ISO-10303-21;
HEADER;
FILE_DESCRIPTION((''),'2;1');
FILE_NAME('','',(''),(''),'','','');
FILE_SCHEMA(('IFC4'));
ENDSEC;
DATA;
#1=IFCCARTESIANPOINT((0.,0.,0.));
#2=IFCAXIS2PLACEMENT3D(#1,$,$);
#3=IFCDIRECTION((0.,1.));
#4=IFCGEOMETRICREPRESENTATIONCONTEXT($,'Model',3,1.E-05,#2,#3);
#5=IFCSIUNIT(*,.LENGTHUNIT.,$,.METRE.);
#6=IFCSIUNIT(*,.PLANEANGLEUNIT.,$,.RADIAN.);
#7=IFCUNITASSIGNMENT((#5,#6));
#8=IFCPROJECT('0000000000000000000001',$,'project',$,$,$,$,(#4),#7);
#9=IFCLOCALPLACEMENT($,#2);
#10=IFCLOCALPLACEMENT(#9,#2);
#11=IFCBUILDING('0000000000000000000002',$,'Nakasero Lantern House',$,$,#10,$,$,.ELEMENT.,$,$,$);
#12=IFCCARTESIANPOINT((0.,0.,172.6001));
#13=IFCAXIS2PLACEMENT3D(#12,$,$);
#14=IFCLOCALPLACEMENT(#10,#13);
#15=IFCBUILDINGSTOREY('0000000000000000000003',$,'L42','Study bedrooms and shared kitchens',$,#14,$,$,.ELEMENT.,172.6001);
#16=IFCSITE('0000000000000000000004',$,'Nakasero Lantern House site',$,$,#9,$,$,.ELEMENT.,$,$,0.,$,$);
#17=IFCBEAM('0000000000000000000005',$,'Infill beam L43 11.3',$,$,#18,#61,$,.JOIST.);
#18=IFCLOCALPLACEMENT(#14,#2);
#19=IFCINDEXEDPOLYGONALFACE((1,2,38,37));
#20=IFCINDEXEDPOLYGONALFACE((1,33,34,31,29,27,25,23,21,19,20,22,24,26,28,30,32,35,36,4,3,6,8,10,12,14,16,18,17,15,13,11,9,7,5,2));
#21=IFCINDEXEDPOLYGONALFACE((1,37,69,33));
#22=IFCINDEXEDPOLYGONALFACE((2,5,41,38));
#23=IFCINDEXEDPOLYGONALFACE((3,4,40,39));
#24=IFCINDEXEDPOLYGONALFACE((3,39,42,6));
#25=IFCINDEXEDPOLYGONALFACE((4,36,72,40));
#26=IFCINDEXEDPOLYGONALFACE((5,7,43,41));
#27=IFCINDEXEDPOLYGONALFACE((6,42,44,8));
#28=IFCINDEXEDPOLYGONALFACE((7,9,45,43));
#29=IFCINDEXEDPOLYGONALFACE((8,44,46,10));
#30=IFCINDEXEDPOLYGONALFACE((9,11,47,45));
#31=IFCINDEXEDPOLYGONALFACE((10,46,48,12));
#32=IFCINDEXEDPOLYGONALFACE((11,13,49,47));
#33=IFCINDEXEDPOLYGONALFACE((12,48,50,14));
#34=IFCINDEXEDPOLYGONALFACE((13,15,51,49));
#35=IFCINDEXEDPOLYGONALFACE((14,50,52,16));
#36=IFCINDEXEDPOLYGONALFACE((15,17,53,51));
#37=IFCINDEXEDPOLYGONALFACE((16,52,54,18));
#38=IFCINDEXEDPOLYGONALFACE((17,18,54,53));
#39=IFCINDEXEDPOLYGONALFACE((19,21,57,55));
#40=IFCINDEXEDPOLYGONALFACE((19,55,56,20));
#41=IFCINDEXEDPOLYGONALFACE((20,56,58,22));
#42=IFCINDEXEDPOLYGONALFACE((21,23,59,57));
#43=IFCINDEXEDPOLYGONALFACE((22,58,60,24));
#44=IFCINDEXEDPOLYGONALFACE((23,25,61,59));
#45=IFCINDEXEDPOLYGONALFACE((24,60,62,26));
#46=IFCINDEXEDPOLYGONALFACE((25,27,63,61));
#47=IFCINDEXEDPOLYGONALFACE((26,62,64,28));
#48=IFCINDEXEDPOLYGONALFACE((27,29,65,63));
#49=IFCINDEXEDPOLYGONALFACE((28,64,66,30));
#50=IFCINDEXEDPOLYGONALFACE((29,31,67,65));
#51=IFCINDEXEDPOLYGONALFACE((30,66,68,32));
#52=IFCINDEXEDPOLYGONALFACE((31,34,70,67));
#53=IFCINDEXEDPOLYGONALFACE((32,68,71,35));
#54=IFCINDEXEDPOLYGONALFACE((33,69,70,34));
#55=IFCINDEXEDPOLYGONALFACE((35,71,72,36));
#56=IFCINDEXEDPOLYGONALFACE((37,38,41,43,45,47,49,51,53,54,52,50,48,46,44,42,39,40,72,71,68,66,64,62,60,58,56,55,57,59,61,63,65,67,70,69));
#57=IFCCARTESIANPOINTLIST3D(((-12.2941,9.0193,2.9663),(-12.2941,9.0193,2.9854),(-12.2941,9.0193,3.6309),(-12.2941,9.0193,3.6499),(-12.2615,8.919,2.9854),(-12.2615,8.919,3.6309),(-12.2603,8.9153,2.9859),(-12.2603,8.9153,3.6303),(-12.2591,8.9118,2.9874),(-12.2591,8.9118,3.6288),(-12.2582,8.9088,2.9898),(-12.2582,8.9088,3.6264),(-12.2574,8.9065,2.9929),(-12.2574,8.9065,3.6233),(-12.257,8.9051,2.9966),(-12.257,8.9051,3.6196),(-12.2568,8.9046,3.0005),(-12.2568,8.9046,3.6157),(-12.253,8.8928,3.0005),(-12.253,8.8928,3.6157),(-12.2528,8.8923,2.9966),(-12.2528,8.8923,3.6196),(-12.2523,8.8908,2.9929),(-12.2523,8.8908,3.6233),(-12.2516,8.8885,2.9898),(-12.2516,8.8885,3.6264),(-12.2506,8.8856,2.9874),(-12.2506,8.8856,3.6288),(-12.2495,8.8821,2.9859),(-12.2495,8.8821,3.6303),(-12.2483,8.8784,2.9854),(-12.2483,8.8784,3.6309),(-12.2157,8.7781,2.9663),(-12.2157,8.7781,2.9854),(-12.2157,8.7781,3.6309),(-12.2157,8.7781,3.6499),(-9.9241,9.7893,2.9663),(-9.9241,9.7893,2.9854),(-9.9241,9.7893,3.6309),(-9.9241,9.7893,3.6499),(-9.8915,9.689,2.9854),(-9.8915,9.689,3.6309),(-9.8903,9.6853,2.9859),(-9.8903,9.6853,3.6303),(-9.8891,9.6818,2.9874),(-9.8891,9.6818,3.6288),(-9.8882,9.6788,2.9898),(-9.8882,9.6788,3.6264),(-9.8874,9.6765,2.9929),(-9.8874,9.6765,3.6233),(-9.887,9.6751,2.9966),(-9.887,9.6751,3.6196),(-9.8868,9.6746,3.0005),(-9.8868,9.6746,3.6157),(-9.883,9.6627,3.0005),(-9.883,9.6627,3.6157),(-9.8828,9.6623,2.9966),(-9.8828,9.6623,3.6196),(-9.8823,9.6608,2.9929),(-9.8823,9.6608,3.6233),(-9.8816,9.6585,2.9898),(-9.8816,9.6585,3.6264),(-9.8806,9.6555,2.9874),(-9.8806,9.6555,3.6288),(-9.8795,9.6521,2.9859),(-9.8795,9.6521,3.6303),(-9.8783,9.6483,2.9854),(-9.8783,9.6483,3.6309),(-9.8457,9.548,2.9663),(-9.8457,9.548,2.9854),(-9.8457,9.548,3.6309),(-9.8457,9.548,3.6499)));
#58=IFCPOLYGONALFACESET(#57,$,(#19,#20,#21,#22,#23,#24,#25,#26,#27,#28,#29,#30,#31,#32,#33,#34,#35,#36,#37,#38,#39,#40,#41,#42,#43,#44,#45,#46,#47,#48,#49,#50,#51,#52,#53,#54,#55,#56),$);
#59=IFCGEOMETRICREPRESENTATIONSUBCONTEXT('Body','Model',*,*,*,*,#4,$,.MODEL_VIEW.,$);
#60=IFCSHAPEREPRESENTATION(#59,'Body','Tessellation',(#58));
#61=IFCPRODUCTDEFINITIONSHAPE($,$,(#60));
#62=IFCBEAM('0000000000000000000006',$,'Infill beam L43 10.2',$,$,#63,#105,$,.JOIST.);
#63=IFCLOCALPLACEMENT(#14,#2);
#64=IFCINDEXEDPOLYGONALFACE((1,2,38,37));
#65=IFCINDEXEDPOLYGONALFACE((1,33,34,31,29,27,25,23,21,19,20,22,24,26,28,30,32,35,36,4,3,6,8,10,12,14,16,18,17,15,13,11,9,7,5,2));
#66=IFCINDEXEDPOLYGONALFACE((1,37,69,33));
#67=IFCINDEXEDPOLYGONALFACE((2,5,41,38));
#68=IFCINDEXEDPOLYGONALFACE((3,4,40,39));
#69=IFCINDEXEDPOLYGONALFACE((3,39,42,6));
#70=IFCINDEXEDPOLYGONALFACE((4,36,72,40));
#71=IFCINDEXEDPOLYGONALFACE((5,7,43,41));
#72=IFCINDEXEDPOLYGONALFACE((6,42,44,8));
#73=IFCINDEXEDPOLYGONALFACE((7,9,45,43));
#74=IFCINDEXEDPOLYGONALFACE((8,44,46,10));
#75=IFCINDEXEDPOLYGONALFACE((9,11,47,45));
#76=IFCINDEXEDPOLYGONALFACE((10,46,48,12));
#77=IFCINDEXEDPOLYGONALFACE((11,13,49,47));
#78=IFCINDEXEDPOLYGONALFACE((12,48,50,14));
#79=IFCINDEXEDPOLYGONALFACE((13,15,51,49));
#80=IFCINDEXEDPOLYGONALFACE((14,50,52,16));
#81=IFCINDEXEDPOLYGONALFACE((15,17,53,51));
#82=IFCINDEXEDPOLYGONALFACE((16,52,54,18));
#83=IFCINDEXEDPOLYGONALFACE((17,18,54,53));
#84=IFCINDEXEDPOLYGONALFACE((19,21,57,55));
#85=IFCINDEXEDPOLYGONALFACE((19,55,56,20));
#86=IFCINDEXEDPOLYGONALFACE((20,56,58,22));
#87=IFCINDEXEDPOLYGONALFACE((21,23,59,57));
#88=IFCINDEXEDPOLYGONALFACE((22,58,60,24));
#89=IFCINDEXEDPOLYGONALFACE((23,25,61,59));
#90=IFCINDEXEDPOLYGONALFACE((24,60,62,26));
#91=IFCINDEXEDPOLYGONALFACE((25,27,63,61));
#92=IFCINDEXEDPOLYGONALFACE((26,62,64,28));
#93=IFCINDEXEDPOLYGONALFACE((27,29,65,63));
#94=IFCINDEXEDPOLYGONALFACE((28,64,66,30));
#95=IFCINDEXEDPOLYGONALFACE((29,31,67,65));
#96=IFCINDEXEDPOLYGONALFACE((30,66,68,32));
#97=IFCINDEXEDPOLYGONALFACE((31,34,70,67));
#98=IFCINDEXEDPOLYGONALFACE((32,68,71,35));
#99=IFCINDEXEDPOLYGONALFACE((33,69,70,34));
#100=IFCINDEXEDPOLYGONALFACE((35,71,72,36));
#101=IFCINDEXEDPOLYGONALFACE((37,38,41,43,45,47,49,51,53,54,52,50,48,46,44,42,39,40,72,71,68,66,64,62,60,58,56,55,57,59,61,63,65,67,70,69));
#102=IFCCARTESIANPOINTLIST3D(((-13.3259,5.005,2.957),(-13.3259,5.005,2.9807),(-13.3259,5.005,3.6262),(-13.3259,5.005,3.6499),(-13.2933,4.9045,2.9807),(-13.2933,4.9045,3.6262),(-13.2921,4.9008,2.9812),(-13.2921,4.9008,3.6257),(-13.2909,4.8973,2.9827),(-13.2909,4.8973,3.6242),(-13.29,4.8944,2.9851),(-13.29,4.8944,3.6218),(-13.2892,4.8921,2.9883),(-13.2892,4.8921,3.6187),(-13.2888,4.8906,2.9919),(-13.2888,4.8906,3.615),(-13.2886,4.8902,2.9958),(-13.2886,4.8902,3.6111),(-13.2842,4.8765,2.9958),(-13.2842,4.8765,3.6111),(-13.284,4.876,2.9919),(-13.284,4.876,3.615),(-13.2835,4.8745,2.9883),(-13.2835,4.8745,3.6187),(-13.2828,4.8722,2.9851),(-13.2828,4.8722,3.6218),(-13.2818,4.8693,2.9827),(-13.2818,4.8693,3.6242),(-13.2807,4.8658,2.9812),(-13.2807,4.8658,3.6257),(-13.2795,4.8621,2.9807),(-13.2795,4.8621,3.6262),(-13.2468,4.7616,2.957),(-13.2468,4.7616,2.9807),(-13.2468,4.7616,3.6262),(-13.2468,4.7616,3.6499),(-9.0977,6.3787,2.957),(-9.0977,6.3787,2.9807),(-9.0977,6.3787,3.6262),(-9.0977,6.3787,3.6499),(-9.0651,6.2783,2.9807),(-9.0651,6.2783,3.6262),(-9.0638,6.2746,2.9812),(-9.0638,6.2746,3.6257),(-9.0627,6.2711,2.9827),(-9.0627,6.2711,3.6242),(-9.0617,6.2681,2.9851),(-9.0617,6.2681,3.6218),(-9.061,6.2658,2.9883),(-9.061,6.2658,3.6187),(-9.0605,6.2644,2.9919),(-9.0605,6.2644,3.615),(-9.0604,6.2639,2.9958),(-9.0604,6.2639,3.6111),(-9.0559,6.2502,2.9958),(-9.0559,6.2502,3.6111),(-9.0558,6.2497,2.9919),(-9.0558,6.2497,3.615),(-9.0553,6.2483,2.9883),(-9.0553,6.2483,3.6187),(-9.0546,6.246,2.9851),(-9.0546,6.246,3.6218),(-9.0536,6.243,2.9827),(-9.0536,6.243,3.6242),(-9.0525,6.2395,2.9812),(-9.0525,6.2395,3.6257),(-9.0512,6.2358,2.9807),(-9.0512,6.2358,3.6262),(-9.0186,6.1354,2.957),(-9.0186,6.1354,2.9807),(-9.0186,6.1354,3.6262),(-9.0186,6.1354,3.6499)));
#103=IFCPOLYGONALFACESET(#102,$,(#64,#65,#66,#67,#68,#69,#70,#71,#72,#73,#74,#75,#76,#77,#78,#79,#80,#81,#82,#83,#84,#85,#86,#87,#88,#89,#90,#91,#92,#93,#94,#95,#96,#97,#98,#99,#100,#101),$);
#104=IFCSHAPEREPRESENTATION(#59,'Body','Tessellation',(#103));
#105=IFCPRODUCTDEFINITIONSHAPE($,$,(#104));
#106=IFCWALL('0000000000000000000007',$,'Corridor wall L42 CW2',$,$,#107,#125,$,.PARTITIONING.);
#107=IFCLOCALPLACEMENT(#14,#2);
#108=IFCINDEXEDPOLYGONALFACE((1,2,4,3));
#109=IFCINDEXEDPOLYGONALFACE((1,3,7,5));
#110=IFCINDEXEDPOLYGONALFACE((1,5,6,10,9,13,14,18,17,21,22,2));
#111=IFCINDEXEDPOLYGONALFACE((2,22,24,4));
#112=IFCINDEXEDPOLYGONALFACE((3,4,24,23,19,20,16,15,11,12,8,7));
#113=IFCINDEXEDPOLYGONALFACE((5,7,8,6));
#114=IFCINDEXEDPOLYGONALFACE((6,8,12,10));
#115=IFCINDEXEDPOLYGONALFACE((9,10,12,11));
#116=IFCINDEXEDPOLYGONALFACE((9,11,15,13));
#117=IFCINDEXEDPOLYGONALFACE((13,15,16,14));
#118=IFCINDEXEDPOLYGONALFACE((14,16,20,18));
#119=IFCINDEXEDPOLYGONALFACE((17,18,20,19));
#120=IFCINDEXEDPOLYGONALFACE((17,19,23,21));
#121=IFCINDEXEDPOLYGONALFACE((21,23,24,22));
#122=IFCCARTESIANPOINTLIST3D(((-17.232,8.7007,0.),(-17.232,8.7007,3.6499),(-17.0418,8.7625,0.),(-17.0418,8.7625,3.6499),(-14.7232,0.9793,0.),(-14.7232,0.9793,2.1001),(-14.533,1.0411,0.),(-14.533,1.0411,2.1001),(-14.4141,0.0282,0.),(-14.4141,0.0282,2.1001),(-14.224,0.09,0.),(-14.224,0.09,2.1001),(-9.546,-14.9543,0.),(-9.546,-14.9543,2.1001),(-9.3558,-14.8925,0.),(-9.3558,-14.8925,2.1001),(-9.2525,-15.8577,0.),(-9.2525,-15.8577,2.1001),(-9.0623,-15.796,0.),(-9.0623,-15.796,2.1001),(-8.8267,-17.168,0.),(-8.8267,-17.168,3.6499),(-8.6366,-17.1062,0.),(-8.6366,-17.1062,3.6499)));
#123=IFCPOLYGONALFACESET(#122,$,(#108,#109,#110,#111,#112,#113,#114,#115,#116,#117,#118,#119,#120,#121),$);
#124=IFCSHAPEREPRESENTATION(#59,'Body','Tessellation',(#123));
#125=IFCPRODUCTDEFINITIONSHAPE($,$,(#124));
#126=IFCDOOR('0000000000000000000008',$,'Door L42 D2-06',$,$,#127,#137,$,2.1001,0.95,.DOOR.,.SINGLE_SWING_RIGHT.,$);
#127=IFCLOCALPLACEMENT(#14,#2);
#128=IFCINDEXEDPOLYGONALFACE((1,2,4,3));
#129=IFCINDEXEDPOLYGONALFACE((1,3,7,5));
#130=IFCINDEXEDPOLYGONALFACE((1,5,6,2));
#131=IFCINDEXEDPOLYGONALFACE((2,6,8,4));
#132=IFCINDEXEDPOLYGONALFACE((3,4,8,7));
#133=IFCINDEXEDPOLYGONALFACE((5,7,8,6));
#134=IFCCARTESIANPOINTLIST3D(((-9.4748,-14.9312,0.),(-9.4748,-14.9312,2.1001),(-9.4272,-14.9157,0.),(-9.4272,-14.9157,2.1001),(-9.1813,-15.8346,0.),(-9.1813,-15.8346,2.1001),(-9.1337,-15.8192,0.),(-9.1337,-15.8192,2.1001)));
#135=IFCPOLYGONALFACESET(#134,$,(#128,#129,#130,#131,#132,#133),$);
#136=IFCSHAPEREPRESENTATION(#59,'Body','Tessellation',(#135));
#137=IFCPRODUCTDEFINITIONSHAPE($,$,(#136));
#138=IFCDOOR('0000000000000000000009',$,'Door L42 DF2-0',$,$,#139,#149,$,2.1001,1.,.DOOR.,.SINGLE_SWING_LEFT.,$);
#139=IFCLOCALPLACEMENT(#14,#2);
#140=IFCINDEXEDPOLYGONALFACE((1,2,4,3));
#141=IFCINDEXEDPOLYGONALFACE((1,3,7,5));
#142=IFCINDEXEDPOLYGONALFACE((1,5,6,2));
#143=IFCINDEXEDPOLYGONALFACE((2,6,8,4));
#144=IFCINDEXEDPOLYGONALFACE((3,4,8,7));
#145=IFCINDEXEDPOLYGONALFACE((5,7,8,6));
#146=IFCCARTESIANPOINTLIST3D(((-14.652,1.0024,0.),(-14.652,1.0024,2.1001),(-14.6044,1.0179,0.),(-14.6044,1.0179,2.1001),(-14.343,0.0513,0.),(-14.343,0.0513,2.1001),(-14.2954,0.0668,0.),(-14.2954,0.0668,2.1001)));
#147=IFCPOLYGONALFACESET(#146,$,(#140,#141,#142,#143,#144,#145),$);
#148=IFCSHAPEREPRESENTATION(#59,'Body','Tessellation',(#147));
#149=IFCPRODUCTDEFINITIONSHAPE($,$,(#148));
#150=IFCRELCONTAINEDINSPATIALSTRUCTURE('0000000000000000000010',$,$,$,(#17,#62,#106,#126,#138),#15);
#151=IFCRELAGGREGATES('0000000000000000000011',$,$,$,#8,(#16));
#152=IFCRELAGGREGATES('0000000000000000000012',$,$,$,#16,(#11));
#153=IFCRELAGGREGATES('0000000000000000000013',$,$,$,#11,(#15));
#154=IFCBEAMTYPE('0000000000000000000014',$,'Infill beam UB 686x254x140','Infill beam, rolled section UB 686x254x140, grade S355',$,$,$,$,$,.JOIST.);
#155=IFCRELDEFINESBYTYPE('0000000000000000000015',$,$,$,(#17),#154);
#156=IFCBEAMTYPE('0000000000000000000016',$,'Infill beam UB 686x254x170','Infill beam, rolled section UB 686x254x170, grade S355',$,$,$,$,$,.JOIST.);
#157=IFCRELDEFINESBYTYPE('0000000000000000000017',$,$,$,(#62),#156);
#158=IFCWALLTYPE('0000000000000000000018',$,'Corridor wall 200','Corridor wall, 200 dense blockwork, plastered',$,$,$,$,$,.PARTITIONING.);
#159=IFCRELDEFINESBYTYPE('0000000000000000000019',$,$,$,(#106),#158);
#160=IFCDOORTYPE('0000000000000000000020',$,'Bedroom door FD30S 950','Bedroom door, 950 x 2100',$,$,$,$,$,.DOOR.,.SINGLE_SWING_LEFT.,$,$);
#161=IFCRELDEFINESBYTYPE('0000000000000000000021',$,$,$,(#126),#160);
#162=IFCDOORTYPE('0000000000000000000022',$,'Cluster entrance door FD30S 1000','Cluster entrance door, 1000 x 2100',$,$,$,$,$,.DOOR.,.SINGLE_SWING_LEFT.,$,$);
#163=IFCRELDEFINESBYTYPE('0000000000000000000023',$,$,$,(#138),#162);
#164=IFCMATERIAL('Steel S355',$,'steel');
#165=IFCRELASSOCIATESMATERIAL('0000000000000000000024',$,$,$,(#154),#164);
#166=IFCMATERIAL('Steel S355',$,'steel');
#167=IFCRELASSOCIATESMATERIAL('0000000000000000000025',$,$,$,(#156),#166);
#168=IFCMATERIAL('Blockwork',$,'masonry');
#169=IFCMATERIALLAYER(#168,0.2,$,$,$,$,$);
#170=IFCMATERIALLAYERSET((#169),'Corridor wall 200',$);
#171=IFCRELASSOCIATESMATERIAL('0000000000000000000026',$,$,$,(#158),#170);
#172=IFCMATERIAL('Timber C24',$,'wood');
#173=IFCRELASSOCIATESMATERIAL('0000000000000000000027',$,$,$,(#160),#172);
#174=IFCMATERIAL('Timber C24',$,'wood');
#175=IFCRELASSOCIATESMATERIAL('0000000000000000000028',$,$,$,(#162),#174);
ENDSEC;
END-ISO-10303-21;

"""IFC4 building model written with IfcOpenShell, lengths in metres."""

from ifc_helpers import new_model, si_unit, direction, frame, frame_2d, origin, origin_2d, place, context, subcontext, project, spatial, rectangle, i_section, extrude, material, layer, layer_set, material_profile, profile_set, type_object, element, fill, save


model = new_model("IFC4")

# Units and contexts
model_context = context("Model", 3, precision=1e-05, world=origin(), true_north=direction((0.0, 1.0)))
body_context = subcontext(model_context, "Body", "Model", "MODEL_VIEW")
ifc_project = project(units=[si_unit("LENGTHUNIT", "METRE"), si_unit("PLANEANGLEUNIT", "RADIAN")], contexts=[model_context])

# Site, building, storey
site_placement = place(None, origin())
site = spatial("IfcSite", under=ifc_project, at=site_placement, Name="Nakasero Lantern House site", CompositionType="ELEMENT", RefElevation=0.0)
building_placement = place(site_placement, origin())
building = spatial("IfcBuilding", under=site, at=building_placement, Name="Nakasero Lantern House", CompositionType="ELEMENT")
storey_placement = place(building_placement, frame((0.0, 0.0, 172.6001)))
storey = spatial("IfcBuildingStorey", under=building, at=storey_placement, Name="L42", Description="Study bedrooms and shared kitchens", CompositionType="ELEMENT", Elevation=172.6001)

# Beams
ifc_material_1 = material(Name="Steel S355", Category="steel")
ifc_material_profile_1 = material_profile(ifc_material_1, i_section(OverallWidth=0.2537, OverallDepth=0.6836, WebThickness=0.0125, FlangeThickness=0.019, FilletRadius=0.0151, at=origin_2d()), Name="UB 686x254x140")
ifc_profile_set_1 = profile_set([ifc_material_profile_1], Name="Steel S355")
beam_type_1 = type_object("IfcBeamType", Name="Infill beam UB 686x254x140", Description="Infill beam, rolled section UB 686x254x140, grade S355", PredefinedType="JOIST", material=ifc_profile_set_1)
beam_1_placement = place(storey_placement, frame((-12.2549, 8.8987, 3.3081), z_axis=(0.951066, 0.308989, 0.0), x_axis=(-0.308989, 0.951066, 0.0)))
element("IfcBeam", 1, at=beam_1_placement, inside=storey, type_object=beam_type_1, Name="Infill beam L43 11.3", PredefinedType="JOIST", context=body_context, shape_type="SweptSolid", body=[
    extrude(i_section(OverallWidth=0.2537, OverallDepth=0.6836, WebThickness=0.0125, FlangeThickness=0.019, FilletRadius=0.0151, at=origin_2d()), origin(), (0.0, 0.0, 1.0), 2.4919),
])
ifc_material_2 = material(Name="Steel S355", Category="steel")
ifc_material_profile_2 = material_profile(ifc_material_2, i_section(OverallWidth=0.2559, OverallDepth=0.6929, WebThickness=0.0144, FlangeThickness=0.0237, FilletRadius=0.0151, at=origin_2d()), Name="UB 686x254x170")
ifc_profile_set_2 = profile_set([ifc_material_profile_2], Name="Steel S355")
beam_type_2 = type_object("IfcBeamType", Name="Infill beam UB 686x254x170", Description="Infill beam, rolled section UB 686x254x170, grade S355", PredefinedType="JOIST", material=ifc_profile_set_2)
beam_2_placement = place(storey_placement, frame((-13.2864, 4.8833, 3.3035), z_axis=(0.951061, 0.309003, 0.0), x_axis=(-0.309003, 0.951061, 0.0)))
element("IfcBeam", 2, at=beam_2_placement, inside=storey, type_object=beam_type_2, Name="Infill beam L43 10.2", PredefinedType="JOIST", context=body_context, shape_type="SweptSolid", body=[
    extrude(i_section(OverallWidth=0.2559, OverallDepth=0.6929, WebThickness=0.0144, FlangeThickness=0.0237, FilletRadius=0.0151, at=origin_2d()), origin(), (0.0, 0.0, 1.0), 4.4458),
])

# Wall, openings, doors
ifc_material_3 = material(Name="Blockwork", Category="masonry")
ifc_layer_1 = layer(ifc_material_3, 0.2)
ifc_layer_set_1 = layer_set([ifc_layer_1], Name="Corridor wall 200")
wall_type_1 = type_object("IfcWallType", Name="Corridor wall 200", Description="Corridor wall, 200 dense blockwork, plastered", PredefinedType="PARTITIONING", material=ifc_layer_set_1)
wall_1_placement = place(storey_placement, frame((-17.137, 8.7317, 0.0), z_axis=(0.0, 0.0, 1.0), x_axis=(0.309018, -0.951056, 0.0)))
wall_1 = element("IfcWall", 3, at=wall_1_placement, inside=storey, type_object=wall_type_1, Name="Corridor wall L42 CW2", PredefinedType="PARTITIONING", context=body_context, shape_type="SweptSolid", body=[
    extrude(rectangle(XDim=27.2, YDim=0.2, at=frame_2d((13.6001, 0.0))), origin(), (0.0, 0.0, 1.0), 3.6499),
])
opening_1_placement = place(wall_1_placement, frame((8.1189, 0.0, 0.0)))
opening_1 = element("IfcOpeningElement", 4, at=opening_1_placement, cuts=wall_1, PredefinedType="OPENING", context=body_context, shape_type="SweptSolid", body=[
    extrude(rectangle(XDim=1.0, YDim=2.1001, at=frame_2d((0.5, 1.05))), frame((0.0, 0.1199, 0.0), z_axis=(0.0, -1.0, 0.0), x_axis=(1.0, 0.0, 0.0)), (0.0, 0.0, 1.0), 0.24),
])
opening_2_placement = place(wall_1_placement, frame((24.8723, 0.0, 0.0)))
opening_2 = element("IfcOpeningElement", 5, at=opening_2_placement, cuts=wall_1, PredefinedType="OPENING", context=body_context, shape_type="SweptSolid", body=[
    extrude(rectangle(XDim=0.95, YDim=2.1001, at=frame_2d((0.4751, 1.05))), frame((0.0, 0.1199, 0.0), z_axis=(0.0, -1.0, 0.0), x_axis=(1.0, 0.0, 0.0)), (0.0, 0.0, 1.0), 0.24),
])
ifc_material_4 = material(Name="Timber C24", Category="wood")
door_type_1 = type_object("IfcDoorType", Name="Bedroom door FD30S 950", Description="Bedroom door, 950 x 2100", OperationType="SINGLE_SWING_LEFT", PredefinedType="DOOR", material=ifc_material_4)
door_1_placement = place(opening_2_placement, origin())
door_1 = element("IfcDoor", 6, at=door_1_placement, inside=storey, type_object=door_type_1, Name="Door L42 D2-06", OperationType="SINGLE_SWING_RIGHT", OverallHeight=2.1001, OverallWidth=0.95, PredefinedType="DOOR", context=body_context, shape_type="SweptSolid", body=[
    extrude(rectangle(XDim=0.95, YDim=2.1001, at=frame_2d((0.4751, 1.05))), frame((0.0, 0.0249, 0.0), z_axis=(0.0, -1.0, 0.0), x_axis=(1.0, 0.0, 0.0)), (0.0, 0.0, 1.0), 0.05),
])
fill(opening_2, door_1)
ifc_material_5 = material(Name="Timber C24", Category="wood")
door_type_2 = type_object("IfcDoorType", Name="Cluster entrance door FD30S 1000", Description="Cluster entrance door, 1000 x 2100", OperationType="SINGLE_SWING_LEFT", PredefinedType="DOOR", material=ifc_material_5)
door_2_placement = place(opening_1_placement, origin())
door_2 = element("IfcDoor", 7, at=door_2_placement, inside=storey, type_object=door_type_2, Name="Door L42 DF2-0", OperationType="SINGLE_SWING_LEFT", OverallHeight=2.1001, OverallWidth=1.0, PredefinedType="DOOR", context=body_context, shape_type="SweptSolid", body=[
    extrude(rectangle(XDim=1.0, YDim=2.1001, at=frame_2d((0.5, 1.05))), frame((0.0, 0.0249, 0.0), z_axis=(0.0, -1.0, 0.0), x_axis=(1.0, 0.0, 0.0)), (0.0, 0.0, 1.0), 0.05),
])
fill(opening_1, door_2)

save(model, "model.ifc")
